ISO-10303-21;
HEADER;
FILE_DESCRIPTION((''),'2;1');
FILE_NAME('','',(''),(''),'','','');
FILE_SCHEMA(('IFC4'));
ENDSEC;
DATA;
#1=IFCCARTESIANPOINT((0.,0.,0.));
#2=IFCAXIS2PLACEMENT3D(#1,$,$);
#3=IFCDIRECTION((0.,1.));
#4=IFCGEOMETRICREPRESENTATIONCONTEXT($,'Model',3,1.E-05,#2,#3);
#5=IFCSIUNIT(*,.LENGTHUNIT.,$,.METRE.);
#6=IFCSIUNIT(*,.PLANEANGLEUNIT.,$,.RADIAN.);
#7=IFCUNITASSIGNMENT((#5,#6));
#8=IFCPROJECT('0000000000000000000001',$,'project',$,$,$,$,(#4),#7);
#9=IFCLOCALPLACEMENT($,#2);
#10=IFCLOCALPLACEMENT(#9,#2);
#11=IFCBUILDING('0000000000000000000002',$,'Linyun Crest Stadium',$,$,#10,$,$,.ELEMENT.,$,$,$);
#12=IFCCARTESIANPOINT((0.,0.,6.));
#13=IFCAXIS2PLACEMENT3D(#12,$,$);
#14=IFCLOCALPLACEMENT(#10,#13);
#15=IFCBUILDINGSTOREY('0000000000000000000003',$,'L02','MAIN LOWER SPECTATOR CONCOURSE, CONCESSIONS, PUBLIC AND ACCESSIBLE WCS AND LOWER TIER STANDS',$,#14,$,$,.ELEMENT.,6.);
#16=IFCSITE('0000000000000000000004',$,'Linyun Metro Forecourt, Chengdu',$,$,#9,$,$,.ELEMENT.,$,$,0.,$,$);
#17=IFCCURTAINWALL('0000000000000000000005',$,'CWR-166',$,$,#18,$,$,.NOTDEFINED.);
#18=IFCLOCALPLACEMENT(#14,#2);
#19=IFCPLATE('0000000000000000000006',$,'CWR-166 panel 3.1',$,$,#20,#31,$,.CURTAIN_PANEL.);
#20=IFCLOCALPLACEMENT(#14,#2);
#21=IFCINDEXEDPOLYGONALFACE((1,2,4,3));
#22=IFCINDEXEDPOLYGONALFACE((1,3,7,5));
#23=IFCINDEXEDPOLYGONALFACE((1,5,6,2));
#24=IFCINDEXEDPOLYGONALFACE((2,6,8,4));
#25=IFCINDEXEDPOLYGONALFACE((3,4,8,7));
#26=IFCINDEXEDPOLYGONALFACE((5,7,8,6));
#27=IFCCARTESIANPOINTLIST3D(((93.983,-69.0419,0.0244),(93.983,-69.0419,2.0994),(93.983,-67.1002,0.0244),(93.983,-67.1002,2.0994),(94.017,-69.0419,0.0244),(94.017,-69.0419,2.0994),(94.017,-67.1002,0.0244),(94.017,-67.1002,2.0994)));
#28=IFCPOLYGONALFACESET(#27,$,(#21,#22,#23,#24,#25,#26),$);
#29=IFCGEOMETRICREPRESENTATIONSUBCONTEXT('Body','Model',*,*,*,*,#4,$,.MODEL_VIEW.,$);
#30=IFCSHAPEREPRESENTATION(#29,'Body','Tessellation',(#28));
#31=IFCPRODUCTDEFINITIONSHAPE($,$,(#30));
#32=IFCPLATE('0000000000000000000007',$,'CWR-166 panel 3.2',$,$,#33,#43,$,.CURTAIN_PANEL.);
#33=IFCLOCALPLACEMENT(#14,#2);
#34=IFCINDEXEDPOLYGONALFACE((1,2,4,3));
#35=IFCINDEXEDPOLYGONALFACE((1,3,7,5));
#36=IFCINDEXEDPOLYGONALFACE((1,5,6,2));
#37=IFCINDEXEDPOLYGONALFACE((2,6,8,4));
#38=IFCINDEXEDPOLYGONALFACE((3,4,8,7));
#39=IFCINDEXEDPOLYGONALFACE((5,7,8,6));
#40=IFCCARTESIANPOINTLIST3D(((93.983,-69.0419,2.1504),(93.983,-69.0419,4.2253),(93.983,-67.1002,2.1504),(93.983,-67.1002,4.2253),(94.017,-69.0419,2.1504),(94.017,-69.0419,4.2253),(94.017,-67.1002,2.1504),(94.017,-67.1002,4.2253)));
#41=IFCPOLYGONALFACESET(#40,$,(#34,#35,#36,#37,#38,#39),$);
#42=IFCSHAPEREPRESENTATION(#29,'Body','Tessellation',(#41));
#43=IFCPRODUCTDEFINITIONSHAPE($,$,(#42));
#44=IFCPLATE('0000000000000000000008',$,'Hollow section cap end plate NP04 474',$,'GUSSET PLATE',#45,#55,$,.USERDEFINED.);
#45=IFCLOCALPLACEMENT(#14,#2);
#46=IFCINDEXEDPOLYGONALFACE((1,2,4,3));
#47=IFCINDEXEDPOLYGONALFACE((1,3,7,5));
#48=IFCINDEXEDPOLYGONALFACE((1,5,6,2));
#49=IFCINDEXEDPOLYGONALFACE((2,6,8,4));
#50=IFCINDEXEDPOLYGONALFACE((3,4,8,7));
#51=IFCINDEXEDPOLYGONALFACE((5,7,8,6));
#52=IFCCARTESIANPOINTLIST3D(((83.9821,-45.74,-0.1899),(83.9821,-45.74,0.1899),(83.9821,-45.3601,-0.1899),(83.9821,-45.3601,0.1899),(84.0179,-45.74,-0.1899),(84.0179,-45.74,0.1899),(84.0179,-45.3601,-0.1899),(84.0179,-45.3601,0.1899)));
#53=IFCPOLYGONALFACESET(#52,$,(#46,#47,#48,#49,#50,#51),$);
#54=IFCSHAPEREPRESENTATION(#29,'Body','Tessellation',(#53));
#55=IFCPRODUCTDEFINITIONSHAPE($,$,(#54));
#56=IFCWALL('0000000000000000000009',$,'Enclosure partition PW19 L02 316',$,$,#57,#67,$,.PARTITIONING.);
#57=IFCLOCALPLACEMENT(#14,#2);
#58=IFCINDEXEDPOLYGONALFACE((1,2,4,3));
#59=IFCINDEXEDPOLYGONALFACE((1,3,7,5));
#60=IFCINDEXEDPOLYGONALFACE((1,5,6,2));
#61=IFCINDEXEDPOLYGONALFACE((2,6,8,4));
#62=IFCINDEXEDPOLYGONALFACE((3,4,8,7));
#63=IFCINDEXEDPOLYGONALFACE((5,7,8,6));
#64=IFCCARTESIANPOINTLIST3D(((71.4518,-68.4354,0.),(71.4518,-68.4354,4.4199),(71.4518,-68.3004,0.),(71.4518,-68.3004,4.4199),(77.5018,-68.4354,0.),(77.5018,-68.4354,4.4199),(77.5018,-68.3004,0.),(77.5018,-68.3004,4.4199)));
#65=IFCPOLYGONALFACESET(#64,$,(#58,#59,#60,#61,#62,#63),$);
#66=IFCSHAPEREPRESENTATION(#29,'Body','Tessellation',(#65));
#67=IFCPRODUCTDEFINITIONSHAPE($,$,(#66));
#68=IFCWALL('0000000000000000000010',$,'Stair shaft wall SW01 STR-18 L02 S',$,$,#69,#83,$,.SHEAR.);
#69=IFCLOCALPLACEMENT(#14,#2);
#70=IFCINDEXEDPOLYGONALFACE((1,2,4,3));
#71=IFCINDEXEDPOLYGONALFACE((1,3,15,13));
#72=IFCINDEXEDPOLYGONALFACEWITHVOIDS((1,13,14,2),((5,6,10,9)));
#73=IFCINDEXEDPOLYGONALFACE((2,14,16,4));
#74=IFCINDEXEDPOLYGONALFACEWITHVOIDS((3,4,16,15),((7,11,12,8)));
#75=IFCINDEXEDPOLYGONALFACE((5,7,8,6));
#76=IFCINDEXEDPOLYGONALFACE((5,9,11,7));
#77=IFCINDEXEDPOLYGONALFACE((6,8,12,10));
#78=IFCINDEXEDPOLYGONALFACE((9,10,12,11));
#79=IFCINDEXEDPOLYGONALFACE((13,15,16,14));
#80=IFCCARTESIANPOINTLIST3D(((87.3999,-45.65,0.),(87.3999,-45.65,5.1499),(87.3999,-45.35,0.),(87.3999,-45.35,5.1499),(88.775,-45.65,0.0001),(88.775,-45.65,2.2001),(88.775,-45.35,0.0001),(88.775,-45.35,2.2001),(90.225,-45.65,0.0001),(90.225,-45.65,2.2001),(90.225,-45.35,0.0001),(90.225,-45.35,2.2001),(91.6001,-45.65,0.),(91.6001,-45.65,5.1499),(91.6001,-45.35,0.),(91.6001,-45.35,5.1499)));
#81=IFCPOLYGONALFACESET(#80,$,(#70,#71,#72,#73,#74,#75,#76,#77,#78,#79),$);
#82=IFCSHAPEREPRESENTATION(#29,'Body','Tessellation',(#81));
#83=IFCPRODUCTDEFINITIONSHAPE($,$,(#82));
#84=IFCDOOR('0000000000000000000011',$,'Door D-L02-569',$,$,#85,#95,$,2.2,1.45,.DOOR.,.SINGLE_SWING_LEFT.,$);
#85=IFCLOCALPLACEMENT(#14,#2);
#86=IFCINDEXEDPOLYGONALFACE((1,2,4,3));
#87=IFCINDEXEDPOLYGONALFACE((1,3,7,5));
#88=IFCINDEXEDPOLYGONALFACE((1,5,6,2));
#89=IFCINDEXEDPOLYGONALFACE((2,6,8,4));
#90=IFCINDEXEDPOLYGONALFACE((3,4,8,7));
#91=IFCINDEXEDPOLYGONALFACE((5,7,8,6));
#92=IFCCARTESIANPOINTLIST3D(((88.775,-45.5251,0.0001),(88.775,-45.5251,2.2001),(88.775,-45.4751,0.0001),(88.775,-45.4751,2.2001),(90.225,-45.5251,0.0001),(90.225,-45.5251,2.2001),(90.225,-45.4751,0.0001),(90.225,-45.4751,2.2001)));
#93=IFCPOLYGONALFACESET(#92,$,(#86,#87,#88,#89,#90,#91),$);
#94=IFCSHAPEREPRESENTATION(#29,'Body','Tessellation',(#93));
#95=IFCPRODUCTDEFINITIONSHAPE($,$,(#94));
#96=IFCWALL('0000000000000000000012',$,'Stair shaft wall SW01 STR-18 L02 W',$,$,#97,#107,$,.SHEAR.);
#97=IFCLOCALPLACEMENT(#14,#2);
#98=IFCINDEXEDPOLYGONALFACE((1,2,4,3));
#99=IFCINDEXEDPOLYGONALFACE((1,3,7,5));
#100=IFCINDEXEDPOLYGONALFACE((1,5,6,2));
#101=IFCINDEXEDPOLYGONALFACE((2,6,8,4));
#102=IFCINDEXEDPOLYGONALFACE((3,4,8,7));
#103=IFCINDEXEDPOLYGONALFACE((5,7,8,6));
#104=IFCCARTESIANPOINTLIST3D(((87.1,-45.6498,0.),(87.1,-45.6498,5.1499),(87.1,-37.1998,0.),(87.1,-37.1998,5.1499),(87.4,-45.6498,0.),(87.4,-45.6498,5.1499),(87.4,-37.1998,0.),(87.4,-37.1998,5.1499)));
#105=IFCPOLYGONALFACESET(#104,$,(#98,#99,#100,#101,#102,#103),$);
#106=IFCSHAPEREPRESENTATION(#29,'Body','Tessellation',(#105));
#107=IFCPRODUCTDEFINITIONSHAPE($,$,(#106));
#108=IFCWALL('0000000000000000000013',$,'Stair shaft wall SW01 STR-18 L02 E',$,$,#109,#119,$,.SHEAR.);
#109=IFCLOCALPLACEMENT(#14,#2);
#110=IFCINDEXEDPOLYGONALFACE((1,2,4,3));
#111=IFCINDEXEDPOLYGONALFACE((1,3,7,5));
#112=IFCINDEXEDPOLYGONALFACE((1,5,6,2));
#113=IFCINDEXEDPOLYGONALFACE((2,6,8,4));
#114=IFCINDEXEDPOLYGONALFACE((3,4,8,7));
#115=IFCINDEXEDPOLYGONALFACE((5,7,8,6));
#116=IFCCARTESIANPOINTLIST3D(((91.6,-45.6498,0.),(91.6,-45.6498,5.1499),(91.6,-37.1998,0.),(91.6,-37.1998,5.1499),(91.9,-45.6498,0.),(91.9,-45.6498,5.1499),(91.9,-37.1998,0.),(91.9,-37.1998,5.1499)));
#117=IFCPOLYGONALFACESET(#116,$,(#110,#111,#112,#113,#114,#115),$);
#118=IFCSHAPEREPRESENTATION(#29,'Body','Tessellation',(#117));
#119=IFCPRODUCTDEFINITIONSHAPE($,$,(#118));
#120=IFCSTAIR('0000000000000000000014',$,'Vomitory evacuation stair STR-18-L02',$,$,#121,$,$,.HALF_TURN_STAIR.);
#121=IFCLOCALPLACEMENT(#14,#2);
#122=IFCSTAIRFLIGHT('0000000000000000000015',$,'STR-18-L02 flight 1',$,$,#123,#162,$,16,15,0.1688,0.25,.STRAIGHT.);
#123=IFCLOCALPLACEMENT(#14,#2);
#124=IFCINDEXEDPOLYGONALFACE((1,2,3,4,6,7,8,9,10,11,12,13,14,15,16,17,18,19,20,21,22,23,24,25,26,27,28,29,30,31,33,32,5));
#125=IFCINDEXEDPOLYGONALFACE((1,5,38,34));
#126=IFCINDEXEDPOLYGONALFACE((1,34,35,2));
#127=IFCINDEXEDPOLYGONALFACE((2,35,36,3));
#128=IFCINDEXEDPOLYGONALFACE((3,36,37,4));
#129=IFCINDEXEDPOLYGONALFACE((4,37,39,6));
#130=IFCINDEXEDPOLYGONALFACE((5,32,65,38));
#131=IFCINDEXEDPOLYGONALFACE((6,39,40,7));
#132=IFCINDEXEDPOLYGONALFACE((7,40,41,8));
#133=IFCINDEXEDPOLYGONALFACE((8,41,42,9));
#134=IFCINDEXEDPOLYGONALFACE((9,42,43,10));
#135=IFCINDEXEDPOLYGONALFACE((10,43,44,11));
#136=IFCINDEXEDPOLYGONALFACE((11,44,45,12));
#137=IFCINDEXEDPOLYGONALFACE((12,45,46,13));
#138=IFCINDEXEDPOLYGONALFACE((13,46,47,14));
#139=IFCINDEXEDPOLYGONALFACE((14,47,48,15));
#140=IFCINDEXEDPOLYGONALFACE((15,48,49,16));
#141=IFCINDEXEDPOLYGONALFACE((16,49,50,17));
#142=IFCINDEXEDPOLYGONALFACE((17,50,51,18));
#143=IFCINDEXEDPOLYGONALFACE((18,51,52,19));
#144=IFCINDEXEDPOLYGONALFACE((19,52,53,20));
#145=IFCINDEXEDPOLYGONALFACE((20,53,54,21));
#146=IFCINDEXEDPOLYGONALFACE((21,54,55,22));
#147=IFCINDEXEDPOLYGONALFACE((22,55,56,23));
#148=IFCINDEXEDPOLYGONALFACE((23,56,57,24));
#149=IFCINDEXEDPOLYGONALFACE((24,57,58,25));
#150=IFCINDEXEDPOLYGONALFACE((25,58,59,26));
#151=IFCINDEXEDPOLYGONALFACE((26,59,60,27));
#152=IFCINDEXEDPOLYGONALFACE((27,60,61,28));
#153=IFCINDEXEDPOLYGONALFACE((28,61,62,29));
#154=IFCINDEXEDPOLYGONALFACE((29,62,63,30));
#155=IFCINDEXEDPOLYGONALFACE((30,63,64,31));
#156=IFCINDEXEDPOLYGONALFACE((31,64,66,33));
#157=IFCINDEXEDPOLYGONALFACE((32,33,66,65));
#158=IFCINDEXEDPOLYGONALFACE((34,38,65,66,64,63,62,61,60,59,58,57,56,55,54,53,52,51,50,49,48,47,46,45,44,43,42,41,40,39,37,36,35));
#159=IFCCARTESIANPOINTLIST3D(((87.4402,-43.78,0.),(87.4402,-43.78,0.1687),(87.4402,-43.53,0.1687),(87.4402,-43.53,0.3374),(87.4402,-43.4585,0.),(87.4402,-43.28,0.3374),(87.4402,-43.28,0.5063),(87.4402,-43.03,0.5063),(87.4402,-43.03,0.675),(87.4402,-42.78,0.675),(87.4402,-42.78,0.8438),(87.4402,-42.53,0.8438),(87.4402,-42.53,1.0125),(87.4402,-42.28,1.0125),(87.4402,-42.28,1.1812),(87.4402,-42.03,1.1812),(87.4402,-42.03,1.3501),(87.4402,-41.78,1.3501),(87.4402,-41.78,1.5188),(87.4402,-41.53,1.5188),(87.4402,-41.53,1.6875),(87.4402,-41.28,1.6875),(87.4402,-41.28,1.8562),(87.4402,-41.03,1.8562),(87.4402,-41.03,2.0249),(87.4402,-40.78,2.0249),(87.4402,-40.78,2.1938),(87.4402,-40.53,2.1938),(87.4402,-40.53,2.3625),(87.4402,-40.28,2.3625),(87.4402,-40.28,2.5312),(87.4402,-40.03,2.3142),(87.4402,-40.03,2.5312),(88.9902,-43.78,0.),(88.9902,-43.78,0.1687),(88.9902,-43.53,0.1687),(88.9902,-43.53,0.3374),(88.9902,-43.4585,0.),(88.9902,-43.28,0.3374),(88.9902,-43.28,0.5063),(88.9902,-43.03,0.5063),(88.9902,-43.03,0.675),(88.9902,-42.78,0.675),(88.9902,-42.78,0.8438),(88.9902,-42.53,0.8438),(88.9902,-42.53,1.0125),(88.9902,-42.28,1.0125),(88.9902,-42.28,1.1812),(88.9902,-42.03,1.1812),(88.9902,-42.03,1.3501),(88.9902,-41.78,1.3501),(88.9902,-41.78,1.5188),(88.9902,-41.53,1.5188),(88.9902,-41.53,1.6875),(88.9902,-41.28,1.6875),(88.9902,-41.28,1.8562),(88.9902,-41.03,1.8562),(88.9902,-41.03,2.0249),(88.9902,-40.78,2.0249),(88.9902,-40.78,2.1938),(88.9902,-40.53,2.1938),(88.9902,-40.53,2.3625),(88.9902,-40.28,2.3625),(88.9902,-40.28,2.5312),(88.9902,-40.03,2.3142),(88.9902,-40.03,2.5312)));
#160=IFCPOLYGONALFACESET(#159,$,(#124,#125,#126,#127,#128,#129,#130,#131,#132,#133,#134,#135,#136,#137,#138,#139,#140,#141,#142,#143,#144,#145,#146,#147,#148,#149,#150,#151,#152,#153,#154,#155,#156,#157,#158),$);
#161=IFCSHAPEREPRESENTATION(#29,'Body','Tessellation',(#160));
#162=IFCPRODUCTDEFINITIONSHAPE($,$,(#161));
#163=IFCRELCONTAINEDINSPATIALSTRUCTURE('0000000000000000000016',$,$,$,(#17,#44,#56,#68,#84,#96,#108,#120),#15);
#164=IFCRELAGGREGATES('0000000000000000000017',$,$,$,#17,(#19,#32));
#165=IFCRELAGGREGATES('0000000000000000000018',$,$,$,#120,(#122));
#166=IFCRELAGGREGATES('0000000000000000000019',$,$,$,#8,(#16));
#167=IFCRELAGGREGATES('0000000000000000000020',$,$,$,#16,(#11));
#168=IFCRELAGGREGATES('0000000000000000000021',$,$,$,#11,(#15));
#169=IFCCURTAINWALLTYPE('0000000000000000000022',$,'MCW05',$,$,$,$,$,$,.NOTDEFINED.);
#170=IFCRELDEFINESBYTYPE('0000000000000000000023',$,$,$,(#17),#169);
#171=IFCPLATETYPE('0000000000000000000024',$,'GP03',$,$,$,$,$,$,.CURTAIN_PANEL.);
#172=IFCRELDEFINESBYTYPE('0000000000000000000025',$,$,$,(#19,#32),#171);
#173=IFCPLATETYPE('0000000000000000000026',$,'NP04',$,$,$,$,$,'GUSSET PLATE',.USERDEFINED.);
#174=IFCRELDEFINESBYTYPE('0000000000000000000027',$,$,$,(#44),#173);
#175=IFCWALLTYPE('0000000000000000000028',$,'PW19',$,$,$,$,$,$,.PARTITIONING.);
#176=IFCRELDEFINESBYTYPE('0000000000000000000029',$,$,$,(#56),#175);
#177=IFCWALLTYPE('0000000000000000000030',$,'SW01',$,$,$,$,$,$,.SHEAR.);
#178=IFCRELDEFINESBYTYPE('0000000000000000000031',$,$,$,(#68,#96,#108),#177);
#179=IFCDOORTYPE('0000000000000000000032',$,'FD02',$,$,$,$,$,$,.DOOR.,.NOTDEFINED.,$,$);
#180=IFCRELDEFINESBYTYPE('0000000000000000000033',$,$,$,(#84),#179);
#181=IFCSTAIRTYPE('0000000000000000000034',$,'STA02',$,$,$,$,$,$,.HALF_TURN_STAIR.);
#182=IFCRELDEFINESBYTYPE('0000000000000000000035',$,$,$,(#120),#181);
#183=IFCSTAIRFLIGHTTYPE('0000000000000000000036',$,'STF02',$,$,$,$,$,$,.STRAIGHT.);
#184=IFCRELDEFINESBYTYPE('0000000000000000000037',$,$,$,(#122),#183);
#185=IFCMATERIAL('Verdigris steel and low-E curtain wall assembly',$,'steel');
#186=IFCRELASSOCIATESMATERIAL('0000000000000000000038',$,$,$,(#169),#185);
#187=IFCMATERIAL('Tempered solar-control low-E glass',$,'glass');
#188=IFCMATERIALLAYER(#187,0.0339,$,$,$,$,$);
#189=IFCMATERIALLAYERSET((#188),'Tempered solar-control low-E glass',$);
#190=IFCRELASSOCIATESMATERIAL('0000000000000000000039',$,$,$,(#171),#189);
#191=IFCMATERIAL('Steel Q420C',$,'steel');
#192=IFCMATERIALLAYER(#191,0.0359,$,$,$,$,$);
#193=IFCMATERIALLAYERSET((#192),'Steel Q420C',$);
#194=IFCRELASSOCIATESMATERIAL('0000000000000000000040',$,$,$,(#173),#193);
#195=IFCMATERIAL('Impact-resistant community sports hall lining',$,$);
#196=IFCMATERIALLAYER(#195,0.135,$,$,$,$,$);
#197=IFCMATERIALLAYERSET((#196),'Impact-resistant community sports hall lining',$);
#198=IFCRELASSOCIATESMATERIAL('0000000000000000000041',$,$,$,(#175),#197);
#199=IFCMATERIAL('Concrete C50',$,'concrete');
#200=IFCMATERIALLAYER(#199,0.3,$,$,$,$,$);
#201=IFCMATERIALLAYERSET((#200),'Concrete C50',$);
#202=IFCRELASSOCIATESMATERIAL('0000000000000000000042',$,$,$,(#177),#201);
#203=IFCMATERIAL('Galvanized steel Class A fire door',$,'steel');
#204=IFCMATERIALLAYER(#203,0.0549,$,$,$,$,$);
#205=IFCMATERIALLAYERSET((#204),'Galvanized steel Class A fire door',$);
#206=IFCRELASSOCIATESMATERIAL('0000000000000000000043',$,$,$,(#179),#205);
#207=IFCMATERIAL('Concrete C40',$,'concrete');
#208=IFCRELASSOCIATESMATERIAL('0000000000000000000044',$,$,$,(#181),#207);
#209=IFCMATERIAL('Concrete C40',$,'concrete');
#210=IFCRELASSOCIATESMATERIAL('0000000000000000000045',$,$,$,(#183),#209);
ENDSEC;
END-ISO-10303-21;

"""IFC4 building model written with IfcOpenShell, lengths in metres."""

from ifc_helpers import new_model, si_unit, direction, frame, frame_2d, origin, origin_2d, place, context, subcontext, project, spatial, polyline, rectangle, outline, extrude, material, layer, layer_set, type_object, element, fill, aggregate, save


model = new_model("IFC4")

# Units and contexts
model_context = context("Model", 3, precision=1e-05, world=origin(), true_north=direction((0.0, 1.0)))
body_context = subcontext(model_context, "Body", "Model", "MODEL_VIEW")
ifc_project = project(units=[si_unit("LENGTHUNIT", "METRE"), si_unit("PLANEANGLEUNIT", "RADIAN")], contexts=[model_context])

# Site, building, storey
site_placement = place(None, origin())
site = spatial("IfcSite", under=ifc_project, at=site_placement, Name="Linyun Metro Forecourt, Chengdu", CompositionType="ELEMENT", RefElevation=0.0)
building_placement = place(site_placement, origin())
building = spatial("IfcBuilding", under=site, at=building_placement, Name="Linyun Crest Stadium", CompositionType="ELEMENT")
storey_placement = place(building_placement, frame((0.0, 0.0, 6.0)))
storey = spatial("IfcBuildingStorey", under=building, at=storey_placement, Name="L02", Description="MAIN LOWER SPECTATOR CONCOURSE, CONCESSIONS, PUBLIC AND ACCESSIBLE WCS AND LOWER TIER STANDS", CompositionType="ELEMENT", Elevation=6.0)

# Curtain wall
ifc_material_1 = material(Name="Verdigris steel and low-E curtain wall assembly", Category="steel")
curtain_wall_type = type_object("IfcCurtainWallType", Name="MCW05", PredefinedType="NOTDEFINED", material=ifc_material_1)
curtain_wall_placement = place(storey_placement, origin())
curtain_wall = element("IfcCurtainWall", 1, at=curtain_wall_placement, inside=storey, type_object=curtain_wall_type, Name="CWR-166", PredefinedType="NOTDEFINED")

# Plates
ifc_material_2 = material(Name="Tempered solar-control low-E glass", Category="glass")
ifc_layer_1 = layer(ifc_material_2, 0.0339)
ifc_layer_set_1 = layer_set([ifc_layer_1], Name="Tempered solar-control low-E glass")
plate_type_1 = type_object("IfcPlateType", Name="GP03", PredefinedType="CURTAIN_PANEL", material=ifc_layer_set_1)
plate_1_placement = place(storey_placement, frame((94.0, -68.071, 0.0244), z_axis=(0.0, 0.0, 1.0), x_axis=(0.0, 1.0, 0.0)))
plate_1 = element("IfcPlate", 2, at=plate_1_placement, type_object=plate_type_1, Name="CWR-166 panel 3.1", PredefinedType="CURTAIN_PANEL", context=body_context, shape_type="SweptSolid", body=[
    extrude(rectangle(XDim=1.9417, YDim=0.0339, at=origin_2d()), origin(), (0.0, 0.0, 1.0), 2.075),
])
plate_2_placement = place(storey_placement, frame((94.0, -68.071, 2.1504), z_axis=(0.0, 0.0, 1.0), x_axis=(0.0, 1.0, 0.0)))
plate_2 = element("IfcPlate", 3, at=plate_2_placement, type_object=plate_type_1, Name="CWR-166 panel 3.2", PredefinedType="CURTAIN_PANEL", context=body_context, shape_type="SweptSolid", body=[
    extrude(rectangle(XDim=1.9417, YDim=0.0339, at=origin_2d()), origin(), (0.0, 0.0, 1.0), 2.075),
])
aggregate(curtain_wall, [plate_1, plate_2])
ifc_material_3 = material(Name="Steel Q420C", Category="steel")
ifc_layer_2 = layer(ifc_material_3, 0.0359)
ifc_layer_set_2 = layer_set([ifc_layer_2], Name="Steel Q420C")
plate_type_2 = type_object("IfcPlateType", Name="NP04", ElementType="GUSSET PLATE", PredefinedType="USERDEFINED", material=ifc_layer_set_2)
plate_3_placement = place(storey_placement, frame((84.0, -45.55, -0.1899), z_axis=(0.0, 0.0, 1.0), x_axis=(0.0, 1.0, 0.0)))
element("IfcPlate", 4, at=plate_3_placement, inside=storey, type_object=plate_type_2, Name="Hollow section cap end plate NP04 474", ObjectType="GUSSET PLATE", PredefinedType="USERDEFINED", context=body_context, shape_type="SweptSolid", body=[
    extrude(rectangle(XDim=0.3799, YDim=0.0359, at=origin_2d()), origin(), (0.0, 0.0, 1.0), 0.3799),
])

# Wall
ifc_material_4 = material(Name="Impact-resistant community sports hall lining")
ifc_layer_3 = layer(ifc_material_4, 0.135)
ifc_layer_set_3 = layer_set([ifc_layer_3], Name="Impact-resistant community sports hall lining")
wall_type_1 = type_object("IfcWallType", Name="PW19", PredefinedType="PARTITIONING", material=ifc_layer_set_3)
wall_1_placement = place(storey_placement, frame((71.4519, -68.3679, 0.0), z_axis=(0.0, 0.0, 1.0), x_axis=(1.0, 0.0, 0.0)))
element("IfcWall", 5, at=wall_1_placement, inside=storey, type_object=wall_type_1, Name="Enclosure partition PW19 L02 316", PredefinedType="PARTITIONING", context=body_context, shape_type="SweptSolid", body=[
    extrude(rectangle(XDim=6.05, YDim=0.135, at=frame_2d((3.0249, 0.0))), origin(), (0.0, 0.0, 1.0), 4.4199),
])

# Wall, opening, door
ifc_material_5 = material(Name="Concrete C50", Category="concrete")
ifc_layer_4 = layer(ifc_material_5, 0.3)
ifc_layer_set_4 = layer_set([ifc_layer_4], Name="Concrete C50")
wall_type_2 = type_object("IfcWallType", Name="SW01", PredefinedType="SHEAR", material=ifc_layer_set_4)
wall_2_placement = place(storey_placement, frame((87.3999, -45.5, 0.0), z_axis=(0.0, 0.0, 1.0), x_axis=(1.0, 0.0, 0.0)))
wall_2 = element("IfcWall", 6, at=wall_2_placement, inside=storey, type_object=wall_type_2, Name="Stair shaft wall SW01 STR-18 L02 S", PredefinedType="SHEAR", context=body_context, shape_type="SweptSolid", body=[
    extrude(rectangle(XDim=4.2002, YDim=0.3, at=frame_2d((2.1001, 0.0))), origin(), (0.0, 0.0, 1.0), 5.1499),
])
opening_placement = place(wall_2_placement, frame((1.375, 0.0, 0.0)))
opening = element("IfcOpeningElement", 7, at=opening_placement, cuts=wall_2, PredefinedType="OPENING", context=body_context, shape_type="SweptSolid", body=[
    extrude(rectangle(XDim=1.45, YDim=2.2, at=frame_2d((0.7251, 1.1001))), frame((0.0, 0.1599, 0.0), z_axis=(0.0, -1.0, 0.0), x_axis=(1.0, 0.0, 0.0)), (0.0, 0.0, 1.0), 0.3201),
])
ifc_material_6 = material(Name="Galvanized steel Class A fire door", Category="steel")
ifc_layer_5 = layer(ifc_material_6, 0.0549)
ifc_layer_set_5 = layer_set([ifc_layer_5], Name="Galvanized steel Class A fire door")
door_type = type_object("IfcDoorType", Name="FD02", OperationType="NOTDEFINED", PredefinedType="DOOR", material=ifc_layer_set_5)
door_placement = place(opening_placement, origin())
door = element("IfcDoor", 8, at=door_placement, inside=storey, type_object=door_type, Name="Door D-L02-569", OperationType="SINGLE_SWING_LEFT", OverallHeight=2.2, OverallWidth=1.45, PredefinedType="DOOR", context=body_context, shape_type="SweptSolid", body=[
    extrude(rectangle(XDim=1.45, YDim=2.2, at=frame_2d((0.7251, 1.1001))), frame((0.0, 0.0249, 0.0), z_axis=(0.0, -1.0, 0.0), x_axis=(1.0, 0.0, 0.0)), (0.0, 0.0, 1.0), 0.05),
])
fill(opening, door)

# Walls
for number, where, z_axis, x_axis, name in (
    (9, (87.25, -45.6499, 0.0), (0.0, 0.0, 1.0), (0.0, 1.0, 0.0), "Stair shaft wall SW01 STR-18 L02 W"),
    (10, (91.75, -45.6499, 0.0), (0.0, 0.0, 1.0), (0.0, 1.0, 0.0), "Stair shaft wall SW01 STR-18 L02 E"),
):
    element("IfcWall", number, at=place(storey_placement, frame(where, z_axis=z_axis, x_axis=x_axis)), inside=storey, type_object=wall_type_2, Name=name, PredefinedType="SHEAR", context=body_context, shape_type="SweptSolid", body=[
        extrude(rectangle(XDim=8.45, YDim=0.3, at=frame_2d((4.2251, 0.0))), origin(), (0.0, 0.0, 1.0), 5.1499),
    ])

# Stair, stair flight
ifc_material_7 = material(Name="Concrete C40", Category="concrete")
stair_type = type_object("IfcStairType", Name="STA02", PredefinedType="HALF_TURN_STAIR", material=ifc_material_7)
stair_placement = place(storey_placement, origin())
stair = element("IfcStair", 11, at=stair_placement, inside=storey, type_object=stair_type, Name="Vomitory evacuation stair STR-18-L02", PredefinedType="HALF_TURN_STAIR")
ifc_material_8 = material(Name="Concrete C40", Category="concrete")
stair_flight_type = type_object("IfcStairFlightType", Name="STF02", PredefinedType="STRAIGHT", material=ifc_material_8)
stair_flight_placement = place(storey_placement, frame((88.2151, -43.78, 0.0), z_axis=(0.0, 0.0, 1.0), x_axis=(0.0, 1.0, 0.0)))
stair_flight = element("IfcStairFlight", 12, at=stair_flight_placement, type_object=stair_flight_type, Name="STR-18-L02 flight 1", NumberOfRisers=16, NumberOfTreads=15, PredefinedType="STRAIGHT", RiserHeight=0.1688, TreadLength=0.25, context=body_context, shape_type="SweptSolid", body=[
    extrude(outline(polyline([(0.0, 0.0), (0.0, 0.1687), (0.25, 0.1687), (0.25, 0.3374), (0.5, 0.3374), (0.5, 0.5063), (0.75, 0.5063), (0.75, 0.675), (1.0, 0.675), (1.0, 0.8438), (1.25, 0.8438), (1.25, 1.0125), (1.5, 1.0125), (1.5, 1.1812), (1.75, 1.1812), (1.75, 1.3501), (2.0, 1.3501), (2.0, 1.5188), (2.25, 1.5188), (2.25, 1.6875), (2.5, 1.6875), (2.5, 1.8562), (2.75, 1.8562), (2.75, 2.0249), (3.0, 2.0249), (3.0, 2.1938), (3.25, 2.1938), (3.25, 2.3625), (3.5, 2.3625), (3.5, 2.5312), (3.75, 2.5312), (3.75, 2.7), (3.75, 2.3142), (0.3215, 0.0), (0.0, 0.0)])), frame((0.0, 0.7749, 0.0), z_axis=(0.0, -1.0, 0.0), x_axis=(1.0, 0.0, 0.0)), (0.0, 0.0, 1.0), 1.55),
])
aggregate(stair, [stair_flight])

save(model, "model.ifc")
